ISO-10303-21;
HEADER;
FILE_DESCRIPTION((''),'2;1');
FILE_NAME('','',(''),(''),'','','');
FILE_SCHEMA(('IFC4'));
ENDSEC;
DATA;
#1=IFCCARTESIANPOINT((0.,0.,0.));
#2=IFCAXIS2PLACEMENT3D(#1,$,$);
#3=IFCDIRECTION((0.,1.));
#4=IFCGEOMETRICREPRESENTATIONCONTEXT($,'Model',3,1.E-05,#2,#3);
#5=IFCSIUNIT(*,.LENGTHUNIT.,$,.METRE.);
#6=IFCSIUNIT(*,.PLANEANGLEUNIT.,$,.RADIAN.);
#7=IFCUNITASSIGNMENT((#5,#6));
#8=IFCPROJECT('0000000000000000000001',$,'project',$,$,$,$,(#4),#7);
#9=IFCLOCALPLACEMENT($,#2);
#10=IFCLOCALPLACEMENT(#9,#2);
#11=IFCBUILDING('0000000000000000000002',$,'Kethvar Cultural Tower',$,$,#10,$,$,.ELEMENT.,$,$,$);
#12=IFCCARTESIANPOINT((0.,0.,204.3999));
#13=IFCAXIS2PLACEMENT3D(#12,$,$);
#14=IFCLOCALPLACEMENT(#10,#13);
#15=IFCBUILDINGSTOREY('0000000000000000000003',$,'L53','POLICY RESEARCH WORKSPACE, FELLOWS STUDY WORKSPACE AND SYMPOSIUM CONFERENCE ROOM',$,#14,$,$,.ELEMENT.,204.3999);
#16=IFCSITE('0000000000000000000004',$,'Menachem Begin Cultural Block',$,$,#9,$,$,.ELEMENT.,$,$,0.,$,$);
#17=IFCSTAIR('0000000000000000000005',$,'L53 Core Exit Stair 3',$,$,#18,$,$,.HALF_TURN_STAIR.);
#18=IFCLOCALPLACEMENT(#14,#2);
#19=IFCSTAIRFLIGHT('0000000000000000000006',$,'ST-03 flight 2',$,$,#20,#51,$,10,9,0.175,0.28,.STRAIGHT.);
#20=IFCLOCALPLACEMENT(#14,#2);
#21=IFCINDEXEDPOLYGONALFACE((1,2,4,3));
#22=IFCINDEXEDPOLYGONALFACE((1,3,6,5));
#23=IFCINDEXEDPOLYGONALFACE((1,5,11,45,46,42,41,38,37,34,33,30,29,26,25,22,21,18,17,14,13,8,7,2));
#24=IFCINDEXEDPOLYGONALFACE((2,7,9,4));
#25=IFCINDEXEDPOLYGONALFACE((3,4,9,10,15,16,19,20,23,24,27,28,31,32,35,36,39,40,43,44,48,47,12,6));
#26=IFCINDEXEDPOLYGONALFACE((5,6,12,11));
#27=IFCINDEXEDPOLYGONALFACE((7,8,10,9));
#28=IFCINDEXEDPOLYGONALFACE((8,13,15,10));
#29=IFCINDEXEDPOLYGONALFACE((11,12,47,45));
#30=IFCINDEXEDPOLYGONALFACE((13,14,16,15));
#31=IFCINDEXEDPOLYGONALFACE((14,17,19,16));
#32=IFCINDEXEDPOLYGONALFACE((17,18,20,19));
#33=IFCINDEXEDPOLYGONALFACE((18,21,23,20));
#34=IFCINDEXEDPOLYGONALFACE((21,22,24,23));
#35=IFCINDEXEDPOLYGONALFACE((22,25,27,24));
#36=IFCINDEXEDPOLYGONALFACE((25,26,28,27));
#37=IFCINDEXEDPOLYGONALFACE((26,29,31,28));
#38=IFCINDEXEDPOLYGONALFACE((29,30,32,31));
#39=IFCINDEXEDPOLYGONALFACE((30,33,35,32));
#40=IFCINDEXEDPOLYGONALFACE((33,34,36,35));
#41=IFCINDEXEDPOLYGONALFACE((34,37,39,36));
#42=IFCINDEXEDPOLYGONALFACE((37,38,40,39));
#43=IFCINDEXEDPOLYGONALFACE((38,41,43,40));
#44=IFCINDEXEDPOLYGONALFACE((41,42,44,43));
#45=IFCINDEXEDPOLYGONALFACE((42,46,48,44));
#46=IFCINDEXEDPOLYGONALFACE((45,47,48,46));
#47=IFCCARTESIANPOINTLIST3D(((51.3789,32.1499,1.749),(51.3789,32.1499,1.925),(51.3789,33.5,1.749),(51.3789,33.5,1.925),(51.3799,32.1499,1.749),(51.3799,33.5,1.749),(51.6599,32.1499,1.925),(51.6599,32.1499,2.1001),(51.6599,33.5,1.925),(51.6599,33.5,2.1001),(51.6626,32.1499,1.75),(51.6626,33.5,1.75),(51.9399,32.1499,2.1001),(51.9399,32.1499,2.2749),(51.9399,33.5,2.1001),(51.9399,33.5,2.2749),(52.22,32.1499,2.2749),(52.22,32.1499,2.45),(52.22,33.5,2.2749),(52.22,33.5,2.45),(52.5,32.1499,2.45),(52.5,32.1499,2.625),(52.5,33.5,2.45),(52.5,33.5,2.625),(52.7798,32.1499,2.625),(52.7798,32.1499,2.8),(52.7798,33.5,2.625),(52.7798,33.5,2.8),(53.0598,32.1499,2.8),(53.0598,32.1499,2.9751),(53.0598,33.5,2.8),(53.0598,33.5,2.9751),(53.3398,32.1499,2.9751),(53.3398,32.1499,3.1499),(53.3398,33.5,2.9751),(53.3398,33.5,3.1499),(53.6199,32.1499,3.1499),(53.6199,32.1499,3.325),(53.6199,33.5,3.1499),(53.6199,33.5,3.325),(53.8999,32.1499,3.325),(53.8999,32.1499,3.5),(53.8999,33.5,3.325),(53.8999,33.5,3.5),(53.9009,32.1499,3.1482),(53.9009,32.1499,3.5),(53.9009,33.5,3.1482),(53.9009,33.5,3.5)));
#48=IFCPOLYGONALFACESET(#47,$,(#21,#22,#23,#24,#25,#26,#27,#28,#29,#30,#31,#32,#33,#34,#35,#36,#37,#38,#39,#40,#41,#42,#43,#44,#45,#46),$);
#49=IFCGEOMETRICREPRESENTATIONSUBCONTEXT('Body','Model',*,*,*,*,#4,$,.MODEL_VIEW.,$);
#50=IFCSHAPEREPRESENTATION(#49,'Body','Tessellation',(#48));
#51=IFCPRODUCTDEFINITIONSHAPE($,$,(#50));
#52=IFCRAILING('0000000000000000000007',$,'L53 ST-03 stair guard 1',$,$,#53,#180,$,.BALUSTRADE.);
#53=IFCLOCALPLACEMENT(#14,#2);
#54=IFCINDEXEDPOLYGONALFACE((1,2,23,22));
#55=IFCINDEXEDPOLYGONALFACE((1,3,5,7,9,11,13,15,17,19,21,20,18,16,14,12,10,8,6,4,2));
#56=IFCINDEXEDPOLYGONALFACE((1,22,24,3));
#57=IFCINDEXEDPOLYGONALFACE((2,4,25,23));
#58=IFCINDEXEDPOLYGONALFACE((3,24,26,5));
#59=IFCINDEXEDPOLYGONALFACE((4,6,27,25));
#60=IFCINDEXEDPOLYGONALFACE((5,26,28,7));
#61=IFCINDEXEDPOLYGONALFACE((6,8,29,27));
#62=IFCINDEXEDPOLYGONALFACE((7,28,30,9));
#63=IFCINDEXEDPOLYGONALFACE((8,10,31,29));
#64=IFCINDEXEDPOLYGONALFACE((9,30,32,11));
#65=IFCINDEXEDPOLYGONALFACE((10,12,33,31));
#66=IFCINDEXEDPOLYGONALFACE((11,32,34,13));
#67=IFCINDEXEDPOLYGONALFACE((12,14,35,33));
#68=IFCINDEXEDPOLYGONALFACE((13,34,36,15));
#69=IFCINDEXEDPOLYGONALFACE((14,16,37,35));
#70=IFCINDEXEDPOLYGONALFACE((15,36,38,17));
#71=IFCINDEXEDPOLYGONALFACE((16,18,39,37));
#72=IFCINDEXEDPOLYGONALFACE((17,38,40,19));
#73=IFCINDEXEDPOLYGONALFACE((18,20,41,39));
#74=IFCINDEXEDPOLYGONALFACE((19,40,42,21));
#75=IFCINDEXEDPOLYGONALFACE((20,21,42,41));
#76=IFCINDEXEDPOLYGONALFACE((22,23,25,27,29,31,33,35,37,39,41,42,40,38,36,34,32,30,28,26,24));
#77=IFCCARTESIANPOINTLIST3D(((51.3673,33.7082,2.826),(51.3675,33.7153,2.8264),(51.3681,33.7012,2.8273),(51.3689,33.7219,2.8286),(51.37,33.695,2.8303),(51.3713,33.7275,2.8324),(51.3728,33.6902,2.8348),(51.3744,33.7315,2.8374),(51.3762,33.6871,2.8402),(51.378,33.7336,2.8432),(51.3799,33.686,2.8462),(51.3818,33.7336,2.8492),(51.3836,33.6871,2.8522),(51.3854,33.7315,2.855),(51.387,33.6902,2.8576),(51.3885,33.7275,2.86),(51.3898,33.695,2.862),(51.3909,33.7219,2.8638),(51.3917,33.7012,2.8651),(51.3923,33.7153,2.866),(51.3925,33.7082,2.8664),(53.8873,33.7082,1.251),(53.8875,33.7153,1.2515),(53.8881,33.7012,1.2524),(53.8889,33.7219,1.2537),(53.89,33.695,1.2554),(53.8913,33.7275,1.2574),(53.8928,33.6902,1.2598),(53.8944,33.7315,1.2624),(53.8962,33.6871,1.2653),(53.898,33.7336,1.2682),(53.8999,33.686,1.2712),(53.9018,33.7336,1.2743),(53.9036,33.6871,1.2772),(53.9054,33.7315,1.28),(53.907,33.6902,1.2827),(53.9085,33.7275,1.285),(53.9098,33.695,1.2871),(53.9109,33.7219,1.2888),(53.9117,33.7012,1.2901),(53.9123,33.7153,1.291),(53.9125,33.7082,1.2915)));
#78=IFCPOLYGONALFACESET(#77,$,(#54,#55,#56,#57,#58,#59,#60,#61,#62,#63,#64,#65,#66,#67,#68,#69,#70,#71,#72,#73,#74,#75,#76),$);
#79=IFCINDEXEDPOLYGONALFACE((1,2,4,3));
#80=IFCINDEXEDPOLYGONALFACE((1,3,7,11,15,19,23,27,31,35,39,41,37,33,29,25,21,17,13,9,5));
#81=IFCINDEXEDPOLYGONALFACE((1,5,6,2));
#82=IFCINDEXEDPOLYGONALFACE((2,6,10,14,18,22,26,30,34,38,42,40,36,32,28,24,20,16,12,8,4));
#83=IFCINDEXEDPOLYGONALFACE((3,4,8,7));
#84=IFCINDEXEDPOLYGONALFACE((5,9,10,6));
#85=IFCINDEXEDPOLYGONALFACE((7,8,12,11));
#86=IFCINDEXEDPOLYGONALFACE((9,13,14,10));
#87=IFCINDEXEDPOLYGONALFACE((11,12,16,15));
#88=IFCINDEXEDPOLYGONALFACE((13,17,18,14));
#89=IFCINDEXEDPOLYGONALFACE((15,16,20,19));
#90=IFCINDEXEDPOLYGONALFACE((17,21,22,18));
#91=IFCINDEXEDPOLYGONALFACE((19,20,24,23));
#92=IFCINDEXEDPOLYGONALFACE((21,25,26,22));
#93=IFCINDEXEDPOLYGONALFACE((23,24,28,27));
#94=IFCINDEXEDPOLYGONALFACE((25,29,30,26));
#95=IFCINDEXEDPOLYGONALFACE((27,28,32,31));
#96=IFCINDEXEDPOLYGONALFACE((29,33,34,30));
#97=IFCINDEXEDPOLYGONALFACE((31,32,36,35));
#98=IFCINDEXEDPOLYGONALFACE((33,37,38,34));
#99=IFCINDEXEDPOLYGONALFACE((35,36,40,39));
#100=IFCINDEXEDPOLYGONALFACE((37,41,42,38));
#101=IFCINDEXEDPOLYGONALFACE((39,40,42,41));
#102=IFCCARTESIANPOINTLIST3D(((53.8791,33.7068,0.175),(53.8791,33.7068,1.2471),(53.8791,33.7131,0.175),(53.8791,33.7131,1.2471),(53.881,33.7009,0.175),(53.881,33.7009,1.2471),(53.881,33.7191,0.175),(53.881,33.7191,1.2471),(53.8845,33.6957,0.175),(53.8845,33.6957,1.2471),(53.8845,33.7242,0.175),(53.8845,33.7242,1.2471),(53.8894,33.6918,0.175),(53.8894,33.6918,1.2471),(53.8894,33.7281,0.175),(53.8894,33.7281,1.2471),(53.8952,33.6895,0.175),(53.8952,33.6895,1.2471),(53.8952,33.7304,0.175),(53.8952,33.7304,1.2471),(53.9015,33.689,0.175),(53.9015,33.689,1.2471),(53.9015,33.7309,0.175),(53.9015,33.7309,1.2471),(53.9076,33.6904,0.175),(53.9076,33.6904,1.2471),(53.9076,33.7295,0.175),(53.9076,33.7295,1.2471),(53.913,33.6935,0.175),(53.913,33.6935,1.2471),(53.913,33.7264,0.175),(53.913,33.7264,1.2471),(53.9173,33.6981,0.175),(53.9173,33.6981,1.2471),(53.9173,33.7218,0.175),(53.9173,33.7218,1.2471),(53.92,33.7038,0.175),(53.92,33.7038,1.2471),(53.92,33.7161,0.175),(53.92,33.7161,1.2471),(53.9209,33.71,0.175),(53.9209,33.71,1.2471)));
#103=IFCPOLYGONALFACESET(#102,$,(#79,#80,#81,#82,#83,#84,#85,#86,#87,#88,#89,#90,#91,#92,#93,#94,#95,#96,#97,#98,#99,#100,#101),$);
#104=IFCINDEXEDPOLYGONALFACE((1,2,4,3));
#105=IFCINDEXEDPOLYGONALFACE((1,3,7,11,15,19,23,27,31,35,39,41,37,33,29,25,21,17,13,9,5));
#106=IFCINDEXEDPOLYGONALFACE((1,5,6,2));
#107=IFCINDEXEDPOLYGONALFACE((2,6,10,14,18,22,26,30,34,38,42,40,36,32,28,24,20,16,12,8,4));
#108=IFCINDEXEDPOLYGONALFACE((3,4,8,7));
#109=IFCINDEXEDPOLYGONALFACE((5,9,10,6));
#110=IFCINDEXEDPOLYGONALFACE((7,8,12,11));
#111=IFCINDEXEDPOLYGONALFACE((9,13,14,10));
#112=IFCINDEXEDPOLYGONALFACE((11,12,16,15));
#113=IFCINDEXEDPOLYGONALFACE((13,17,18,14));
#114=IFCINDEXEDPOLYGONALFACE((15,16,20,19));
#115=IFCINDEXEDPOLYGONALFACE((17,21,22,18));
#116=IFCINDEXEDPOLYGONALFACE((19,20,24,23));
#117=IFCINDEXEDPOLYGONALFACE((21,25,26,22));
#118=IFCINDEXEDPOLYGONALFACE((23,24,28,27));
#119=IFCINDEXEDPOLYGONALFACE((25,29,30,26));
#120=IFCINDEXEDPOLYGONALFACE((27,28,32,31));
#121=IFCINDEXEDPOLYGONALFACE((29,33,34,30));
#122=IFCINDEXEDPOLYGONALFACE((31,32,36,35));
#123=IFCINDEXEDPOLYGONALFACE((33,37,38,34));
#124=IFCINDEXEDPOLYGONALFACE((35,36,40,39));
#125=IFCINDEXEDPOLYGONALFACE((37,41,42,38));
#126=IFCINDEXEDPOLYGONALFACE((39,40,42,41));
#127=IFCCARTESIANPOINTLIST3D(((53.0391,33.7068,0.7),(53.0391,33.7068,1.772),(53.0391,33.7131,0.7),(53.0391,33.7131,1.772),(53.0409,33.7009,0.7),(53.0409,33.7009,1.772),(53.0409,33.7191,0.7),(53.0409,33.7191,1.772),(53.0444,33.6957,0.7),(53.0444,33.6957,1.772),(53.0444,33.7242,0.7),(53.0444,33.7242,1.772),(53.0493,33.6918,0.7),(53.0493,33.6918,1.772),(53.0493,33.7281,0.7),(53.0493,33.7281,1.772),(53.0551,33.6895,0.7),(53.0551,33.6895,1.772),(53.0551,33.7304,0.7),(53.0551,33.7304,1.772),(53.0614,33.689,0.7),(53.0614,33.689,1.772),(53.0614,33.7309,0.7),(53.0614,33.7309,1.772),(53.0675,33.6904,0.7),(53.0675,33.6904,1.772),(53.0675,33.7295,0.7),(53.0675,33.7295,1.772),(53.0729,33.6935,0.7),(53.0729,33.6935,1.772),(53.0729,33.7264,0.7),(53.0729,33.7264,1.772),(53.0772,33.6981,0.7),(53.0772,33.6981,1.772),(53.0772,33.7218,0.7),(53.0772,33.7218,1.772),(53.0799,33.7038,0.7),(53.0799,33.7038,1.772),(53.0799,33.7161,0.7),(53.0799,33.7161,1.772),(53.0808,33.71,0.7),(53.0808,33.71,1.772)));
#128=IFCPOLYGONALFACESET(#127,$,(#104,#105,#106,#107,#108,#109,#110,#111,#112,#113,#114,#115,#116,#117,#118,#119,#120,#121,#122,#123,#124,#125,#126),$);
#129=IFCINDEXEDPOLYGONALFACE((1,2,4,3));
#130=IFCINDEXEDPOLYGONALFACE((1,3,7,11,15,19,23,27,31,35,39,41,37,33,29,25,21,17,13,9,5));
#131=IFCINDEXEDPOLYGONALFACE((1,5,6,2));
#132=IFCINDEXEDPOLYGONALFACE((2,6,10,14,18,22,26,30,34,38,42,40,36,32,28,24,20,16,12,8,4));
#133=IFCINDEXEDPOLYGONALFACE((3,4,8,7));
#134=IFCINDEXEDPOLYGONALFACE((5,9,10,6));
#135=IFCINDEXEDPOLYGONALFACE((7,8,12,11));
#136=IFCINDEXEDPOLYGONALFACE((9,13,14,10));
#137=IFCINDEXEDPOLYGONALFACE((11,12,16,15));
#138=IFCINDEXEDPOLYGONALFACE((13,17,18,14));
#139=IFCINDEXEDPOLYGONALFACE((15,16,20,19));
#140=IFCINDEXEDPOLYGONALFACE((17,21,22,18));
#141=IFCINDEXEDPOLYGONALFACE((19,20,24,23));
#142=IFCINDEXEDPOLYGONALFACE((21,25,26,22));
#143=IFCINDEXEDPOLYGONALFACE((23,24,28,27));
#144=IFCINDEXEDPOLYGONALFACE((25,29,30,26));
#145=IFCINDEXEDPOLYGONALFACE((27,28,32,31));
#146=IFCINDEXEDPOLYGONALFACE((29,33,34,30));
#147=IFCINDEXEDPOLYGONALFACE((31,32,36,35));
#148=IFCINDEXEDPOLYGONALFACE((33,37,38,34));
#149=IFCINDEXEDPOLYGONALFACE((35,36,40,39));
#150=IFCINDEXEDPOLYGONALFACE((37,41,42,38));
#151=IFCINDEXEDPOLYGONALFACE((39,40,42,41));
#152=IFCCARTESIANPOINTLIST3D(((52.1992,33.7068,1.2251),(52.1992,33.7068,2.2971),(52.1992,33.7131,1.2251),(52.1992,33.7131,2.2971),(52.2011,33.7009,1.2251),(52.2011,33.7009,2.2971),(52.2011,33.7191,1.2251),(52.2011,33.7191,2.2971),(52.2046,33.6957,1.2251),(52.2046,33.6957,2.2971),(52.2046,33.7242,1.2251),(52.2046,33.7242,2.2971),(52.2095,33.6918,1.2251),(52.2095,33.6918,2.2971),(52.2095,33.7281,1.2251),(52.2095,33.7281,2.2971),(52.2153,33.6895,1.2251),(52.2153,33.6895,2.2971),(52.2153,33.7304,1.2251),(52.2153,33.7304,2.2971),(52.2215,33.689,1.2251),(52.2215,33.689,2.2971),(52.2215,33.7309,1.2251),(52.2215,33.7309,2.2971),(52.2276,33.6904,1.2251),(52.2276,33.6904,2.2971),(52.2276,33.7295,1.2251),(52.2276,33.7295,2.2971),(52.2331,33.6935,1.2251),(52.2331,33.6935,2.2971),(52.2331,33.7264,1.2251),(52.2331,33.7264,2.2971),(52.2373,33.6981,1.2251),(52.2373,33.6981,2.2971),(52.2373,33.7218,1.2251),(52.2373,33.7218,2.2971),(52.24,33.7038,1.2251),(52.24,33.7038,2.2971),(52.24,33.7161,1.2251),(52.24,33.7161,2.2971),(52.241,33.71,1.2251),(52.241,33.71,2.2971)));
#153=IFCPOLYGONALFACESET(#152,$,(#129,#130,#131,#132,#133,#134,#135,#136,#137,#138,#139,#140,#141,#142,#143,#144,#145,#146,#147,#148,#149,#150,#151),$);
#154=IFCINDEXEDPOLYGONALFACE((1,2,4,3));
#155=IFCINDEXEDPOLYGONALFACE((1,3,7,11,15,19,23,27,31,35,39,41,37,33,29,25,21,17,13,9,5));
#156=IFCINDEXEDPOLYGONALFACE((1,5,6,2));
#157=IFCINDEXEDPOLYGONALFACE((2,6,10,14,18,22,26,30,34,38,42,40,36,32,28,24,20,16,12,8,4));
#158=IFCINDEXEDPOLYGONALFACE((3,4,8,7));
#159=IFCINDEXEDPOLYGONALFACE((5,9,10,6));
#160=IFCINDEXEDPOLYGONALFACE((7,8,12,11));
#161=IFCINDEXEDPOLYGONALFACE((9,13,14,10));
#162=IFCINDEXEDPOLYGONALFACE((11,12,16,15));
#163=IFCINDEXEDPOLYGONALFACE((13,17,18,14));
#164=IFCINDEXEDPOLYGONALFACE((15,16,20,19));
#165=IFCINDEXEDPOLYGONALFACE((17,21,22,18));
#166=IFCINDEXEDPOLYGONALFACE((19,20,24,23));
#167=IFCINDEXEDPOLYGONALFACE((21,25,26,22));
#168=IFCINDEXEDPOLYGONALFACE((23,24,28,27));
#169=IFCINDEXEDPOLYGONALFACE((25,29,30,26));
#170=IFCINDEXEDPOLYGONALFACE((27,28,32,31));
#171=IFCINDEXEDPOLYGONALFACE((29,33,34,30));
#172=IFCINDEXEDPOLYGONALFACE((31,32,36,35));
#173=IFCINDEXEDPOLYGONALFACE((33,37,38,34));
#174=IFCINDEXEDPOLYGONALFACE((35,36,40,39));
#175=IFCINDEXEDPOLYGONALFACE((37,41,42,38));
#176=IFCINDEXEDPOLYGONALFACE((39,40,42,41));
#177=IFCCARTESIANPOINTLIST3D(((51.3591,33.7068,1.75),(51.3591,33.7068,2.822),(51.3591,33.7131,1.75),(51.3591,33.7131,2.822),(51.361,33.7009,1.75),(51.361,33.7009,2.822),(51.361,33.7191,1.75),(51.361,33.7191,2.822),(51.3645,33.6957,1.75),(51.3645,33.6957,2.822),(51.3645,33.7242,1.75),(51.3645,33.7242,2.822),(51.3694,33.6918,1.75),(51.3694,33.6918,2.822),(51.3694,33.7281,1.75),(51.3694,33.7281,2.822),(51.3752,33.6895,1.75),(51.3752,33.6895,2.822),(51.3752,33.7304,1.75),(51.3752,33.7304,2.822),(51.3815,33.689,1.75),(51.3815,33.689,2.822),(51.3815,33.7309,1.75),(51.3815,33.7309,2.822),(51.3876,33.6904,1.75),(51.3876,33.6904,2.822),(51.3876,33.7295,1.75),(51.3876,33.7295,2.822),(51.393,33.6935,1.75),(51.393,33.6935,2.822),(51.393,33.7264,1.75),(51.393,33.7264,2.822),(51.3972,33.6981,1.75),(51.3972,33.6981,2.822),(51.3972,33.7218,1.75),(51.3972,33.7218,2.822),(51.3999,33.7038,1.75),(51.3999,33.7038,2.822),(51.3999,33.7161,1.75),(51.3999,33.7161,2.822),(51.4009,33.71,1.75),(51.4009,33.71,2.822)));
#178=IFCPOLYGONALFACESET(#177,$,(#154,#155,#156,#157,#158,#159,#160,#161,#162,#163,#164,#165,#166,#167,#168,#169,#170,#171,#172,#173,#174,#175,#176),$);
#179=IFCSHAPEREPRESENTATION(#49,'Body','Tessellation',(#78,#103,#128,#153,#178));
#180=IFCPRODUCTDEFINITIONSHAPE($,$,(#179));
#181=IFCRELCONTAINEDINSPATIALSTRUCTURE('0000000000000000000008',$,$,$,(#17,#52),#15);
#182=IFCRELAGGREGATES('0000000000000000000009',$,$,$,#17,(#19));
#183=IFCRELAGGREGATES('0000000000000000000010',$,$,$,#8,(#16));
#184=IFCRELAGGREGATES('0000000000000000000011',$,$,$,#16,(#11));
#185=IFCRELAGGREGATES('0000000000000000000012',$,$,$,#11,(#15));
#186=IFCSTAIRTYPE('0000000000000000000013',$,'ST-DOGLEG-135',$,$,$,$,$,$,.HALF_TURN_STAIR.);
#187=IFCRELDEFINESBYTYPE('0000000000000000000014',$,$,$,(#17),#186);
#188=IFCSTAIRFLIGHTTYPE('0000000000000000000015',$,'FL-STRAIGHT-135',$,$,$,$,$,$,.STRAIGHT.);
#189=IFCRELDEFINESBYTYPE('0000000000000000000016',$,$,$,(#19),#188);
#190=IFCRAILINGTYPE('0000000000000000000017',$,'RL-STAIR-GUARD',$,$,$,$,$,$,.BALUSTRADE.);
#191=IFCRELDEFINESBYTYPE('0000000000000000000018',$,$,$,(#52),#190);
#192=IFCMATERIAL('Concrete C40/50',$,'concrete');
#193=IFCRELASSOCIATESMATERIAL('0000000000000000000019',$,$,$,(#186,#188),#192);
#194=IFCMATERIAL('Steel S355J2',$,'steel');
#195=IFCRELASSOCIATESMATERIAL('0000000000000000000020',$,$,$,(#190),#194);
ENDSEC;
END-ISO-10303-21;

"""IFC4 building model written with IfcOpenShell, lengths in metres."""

from ifc_helpers import new_model, si_unit, direction, frame, origin, origin_2d, place, context, subcontext, project, spatial, polyline, circle, outline, extrude, material, type_object, element, aggregate, save


model = new_model("IFC4")

# Units and contexts
model_context = context("Model", 3, precision=1e-05, world=origin(), true_north=direction((0.0, 1.0)))
body_context = subcontext(model_context, "Body", "Model", "MODEL_VIEW")
ifc_project = project(units=[si_unit("LENGTHUNIT", "METRE"), si_unit("PLANEANGLEUNIT", "RADIAN")], contexts=[model_context])

# Site, building, storey
site_placement = place(None, origin())
site = spatial("IfcSite", under=ifc_project, at=site_placement, Name="Menachem Begin Cultural Block", CompositionType="ELEMENT", RefElevation=0.0)
building_placement = place(site_placement, origin())
building = spatial("IfcBuilding", under=site, at=building_placement, Name="Kethvar Cultural Tower", CompositionType="ELEMENT")
storey_placement = place(building_placement, frame((0.0, 0.0, 204.3999)))
storey = spatial("IfcBuildingStorey", under=building, at=storey_placement, Name="L53", Description="POLICY RESEARCH WORKSPACE, FELLOWS STUDY WORKSPACE AND SYMPOSIUM CONFERENCE ROOM", CompositionType="ELEMENT", Elevation=204.3999)

# Shared definitions
ifc_material_1 = material(Name="Steel S355J2", Category="steel")

# Shared definitions
ifc_material_2 = material(Name="Concrete C40/50", Category="concrete")

# Stair, stair flight
stair_type = type_object("IfcStairType", Name="ST-DOGLEG-135", PredefinedType="HALF_TURN_STAIR", material=ifc_material_2)
stair_placement = place(storey_placement, origin())
stair = element("IfcStair", 1, at=stair_placement, inside=storey, type_object=stair_type, Name="L53 Core Exit Stair 3", PredefinedType="HALF_TURN_STAIR")
stair_flight_type = type_object("IfcStairFlightType", Name="FL-STRAIGHT-135", PredefinedType="STRAIGHT", material=ifc_material_2)
stair_flight_1_placement = place(storey_placement, frame((51.3799, 32.825, 1.75), z_axis=(0.0, 0.0, 1.0), x_axis=(1.0, 0.0, 0.0)))
stair_flight_1 = element("IfcStairFlight", 2, at=stair_flight_1_placement, type_object=stair_flight_type, Name="ST-03 flight 2", NumberOfRisers=10, NumberOfTreads=9, PredefinedType="STRAIGHT", RiserHeight=0.175, TreadLength=0.28, context=body_context, shape_type="SweptSolid", body=[
    extrude(outline(polyline([(-0.001, -0.001), (-0.001, 0.175), (0.28, 0.175), (0.28, 0.3501), (0.5601, 0.3501), (0.5601, 0.5249), (0.8401, 0.5249), (0.8401, 0.7), (1.1201, 0.7), (1.1201, 0.875), (1.3999, 0.875), (1.3999, 1.05), (1.6799, 1.05), (1.6799, 1.2251), (1.96, 1.2251), (1.96, 1.3999), (2.24, 1.3999), (2.24, 1.575), (2.52, 1.575), (2.52, 1.75), (2.521, 1.75), (2.521, 1.3982), (0.2827, 0.0), (0.0, -0.001), (-0.001, -0.001)])), frame((0.0, 0.675, 0.0), z_axis=(0.0, -1.0, 0.0), x_axis=(1.0, 0.0, 0.0)), (0.0, 0.0, 1.0), 1.3501),
])
aggregate(stair, [stair_flight_1])

# Railing
railing_type_1 = type_object("IfcRailingType", Name="RL-STAIR-GUARD", PredefinedType="BALUSTRADE", material=ifc_material_1)
railing_1_placement = place(storey_placement, frame((53.8999, 33.71, 0.175)))
element("IfcRailing", 3, at=railing_1_placement, inside=storey, type_object=railing_type_1, Name="L53 ST-03 stair guard 1", PredefinedType="BALUSTRADE", context=body_context, shape_type="SweptSolid", body=[
    extrude(circle(Radius=0.0239, at=origin_2d()), frame((0.0, 0.0, 1.0962), z_axis=(-0.848008, 0.0, 0.529984), x_axis=(0.0, -1.0, 0.0)), (0.0, 0.0, 1.0), 2.9717),
    extrude(circle(Radius=0.021, at=origin_2d()), origin(), (0.0, 0.0, 1.0), 1.072),
    extrude(circle(Radius=0.021, at=origin_2d()), frame((-0.8401, 0.0, 0.5249)), (0.0, 0.0, 1.0), 1.072),
    extrude(circle(Radius=0.021, at=origin_2d()), frame((-1.6799, 0.0, 1.05)), (0.0, 0.0, 1.0), 1.072),
    extrude(circle(Radius=0.021, at=origin_2d()), frame((-2.52, 0.0, 1.575)), (0.0, 0.0, 1.0), 1.072),
])

save(model, "model.ifc")
